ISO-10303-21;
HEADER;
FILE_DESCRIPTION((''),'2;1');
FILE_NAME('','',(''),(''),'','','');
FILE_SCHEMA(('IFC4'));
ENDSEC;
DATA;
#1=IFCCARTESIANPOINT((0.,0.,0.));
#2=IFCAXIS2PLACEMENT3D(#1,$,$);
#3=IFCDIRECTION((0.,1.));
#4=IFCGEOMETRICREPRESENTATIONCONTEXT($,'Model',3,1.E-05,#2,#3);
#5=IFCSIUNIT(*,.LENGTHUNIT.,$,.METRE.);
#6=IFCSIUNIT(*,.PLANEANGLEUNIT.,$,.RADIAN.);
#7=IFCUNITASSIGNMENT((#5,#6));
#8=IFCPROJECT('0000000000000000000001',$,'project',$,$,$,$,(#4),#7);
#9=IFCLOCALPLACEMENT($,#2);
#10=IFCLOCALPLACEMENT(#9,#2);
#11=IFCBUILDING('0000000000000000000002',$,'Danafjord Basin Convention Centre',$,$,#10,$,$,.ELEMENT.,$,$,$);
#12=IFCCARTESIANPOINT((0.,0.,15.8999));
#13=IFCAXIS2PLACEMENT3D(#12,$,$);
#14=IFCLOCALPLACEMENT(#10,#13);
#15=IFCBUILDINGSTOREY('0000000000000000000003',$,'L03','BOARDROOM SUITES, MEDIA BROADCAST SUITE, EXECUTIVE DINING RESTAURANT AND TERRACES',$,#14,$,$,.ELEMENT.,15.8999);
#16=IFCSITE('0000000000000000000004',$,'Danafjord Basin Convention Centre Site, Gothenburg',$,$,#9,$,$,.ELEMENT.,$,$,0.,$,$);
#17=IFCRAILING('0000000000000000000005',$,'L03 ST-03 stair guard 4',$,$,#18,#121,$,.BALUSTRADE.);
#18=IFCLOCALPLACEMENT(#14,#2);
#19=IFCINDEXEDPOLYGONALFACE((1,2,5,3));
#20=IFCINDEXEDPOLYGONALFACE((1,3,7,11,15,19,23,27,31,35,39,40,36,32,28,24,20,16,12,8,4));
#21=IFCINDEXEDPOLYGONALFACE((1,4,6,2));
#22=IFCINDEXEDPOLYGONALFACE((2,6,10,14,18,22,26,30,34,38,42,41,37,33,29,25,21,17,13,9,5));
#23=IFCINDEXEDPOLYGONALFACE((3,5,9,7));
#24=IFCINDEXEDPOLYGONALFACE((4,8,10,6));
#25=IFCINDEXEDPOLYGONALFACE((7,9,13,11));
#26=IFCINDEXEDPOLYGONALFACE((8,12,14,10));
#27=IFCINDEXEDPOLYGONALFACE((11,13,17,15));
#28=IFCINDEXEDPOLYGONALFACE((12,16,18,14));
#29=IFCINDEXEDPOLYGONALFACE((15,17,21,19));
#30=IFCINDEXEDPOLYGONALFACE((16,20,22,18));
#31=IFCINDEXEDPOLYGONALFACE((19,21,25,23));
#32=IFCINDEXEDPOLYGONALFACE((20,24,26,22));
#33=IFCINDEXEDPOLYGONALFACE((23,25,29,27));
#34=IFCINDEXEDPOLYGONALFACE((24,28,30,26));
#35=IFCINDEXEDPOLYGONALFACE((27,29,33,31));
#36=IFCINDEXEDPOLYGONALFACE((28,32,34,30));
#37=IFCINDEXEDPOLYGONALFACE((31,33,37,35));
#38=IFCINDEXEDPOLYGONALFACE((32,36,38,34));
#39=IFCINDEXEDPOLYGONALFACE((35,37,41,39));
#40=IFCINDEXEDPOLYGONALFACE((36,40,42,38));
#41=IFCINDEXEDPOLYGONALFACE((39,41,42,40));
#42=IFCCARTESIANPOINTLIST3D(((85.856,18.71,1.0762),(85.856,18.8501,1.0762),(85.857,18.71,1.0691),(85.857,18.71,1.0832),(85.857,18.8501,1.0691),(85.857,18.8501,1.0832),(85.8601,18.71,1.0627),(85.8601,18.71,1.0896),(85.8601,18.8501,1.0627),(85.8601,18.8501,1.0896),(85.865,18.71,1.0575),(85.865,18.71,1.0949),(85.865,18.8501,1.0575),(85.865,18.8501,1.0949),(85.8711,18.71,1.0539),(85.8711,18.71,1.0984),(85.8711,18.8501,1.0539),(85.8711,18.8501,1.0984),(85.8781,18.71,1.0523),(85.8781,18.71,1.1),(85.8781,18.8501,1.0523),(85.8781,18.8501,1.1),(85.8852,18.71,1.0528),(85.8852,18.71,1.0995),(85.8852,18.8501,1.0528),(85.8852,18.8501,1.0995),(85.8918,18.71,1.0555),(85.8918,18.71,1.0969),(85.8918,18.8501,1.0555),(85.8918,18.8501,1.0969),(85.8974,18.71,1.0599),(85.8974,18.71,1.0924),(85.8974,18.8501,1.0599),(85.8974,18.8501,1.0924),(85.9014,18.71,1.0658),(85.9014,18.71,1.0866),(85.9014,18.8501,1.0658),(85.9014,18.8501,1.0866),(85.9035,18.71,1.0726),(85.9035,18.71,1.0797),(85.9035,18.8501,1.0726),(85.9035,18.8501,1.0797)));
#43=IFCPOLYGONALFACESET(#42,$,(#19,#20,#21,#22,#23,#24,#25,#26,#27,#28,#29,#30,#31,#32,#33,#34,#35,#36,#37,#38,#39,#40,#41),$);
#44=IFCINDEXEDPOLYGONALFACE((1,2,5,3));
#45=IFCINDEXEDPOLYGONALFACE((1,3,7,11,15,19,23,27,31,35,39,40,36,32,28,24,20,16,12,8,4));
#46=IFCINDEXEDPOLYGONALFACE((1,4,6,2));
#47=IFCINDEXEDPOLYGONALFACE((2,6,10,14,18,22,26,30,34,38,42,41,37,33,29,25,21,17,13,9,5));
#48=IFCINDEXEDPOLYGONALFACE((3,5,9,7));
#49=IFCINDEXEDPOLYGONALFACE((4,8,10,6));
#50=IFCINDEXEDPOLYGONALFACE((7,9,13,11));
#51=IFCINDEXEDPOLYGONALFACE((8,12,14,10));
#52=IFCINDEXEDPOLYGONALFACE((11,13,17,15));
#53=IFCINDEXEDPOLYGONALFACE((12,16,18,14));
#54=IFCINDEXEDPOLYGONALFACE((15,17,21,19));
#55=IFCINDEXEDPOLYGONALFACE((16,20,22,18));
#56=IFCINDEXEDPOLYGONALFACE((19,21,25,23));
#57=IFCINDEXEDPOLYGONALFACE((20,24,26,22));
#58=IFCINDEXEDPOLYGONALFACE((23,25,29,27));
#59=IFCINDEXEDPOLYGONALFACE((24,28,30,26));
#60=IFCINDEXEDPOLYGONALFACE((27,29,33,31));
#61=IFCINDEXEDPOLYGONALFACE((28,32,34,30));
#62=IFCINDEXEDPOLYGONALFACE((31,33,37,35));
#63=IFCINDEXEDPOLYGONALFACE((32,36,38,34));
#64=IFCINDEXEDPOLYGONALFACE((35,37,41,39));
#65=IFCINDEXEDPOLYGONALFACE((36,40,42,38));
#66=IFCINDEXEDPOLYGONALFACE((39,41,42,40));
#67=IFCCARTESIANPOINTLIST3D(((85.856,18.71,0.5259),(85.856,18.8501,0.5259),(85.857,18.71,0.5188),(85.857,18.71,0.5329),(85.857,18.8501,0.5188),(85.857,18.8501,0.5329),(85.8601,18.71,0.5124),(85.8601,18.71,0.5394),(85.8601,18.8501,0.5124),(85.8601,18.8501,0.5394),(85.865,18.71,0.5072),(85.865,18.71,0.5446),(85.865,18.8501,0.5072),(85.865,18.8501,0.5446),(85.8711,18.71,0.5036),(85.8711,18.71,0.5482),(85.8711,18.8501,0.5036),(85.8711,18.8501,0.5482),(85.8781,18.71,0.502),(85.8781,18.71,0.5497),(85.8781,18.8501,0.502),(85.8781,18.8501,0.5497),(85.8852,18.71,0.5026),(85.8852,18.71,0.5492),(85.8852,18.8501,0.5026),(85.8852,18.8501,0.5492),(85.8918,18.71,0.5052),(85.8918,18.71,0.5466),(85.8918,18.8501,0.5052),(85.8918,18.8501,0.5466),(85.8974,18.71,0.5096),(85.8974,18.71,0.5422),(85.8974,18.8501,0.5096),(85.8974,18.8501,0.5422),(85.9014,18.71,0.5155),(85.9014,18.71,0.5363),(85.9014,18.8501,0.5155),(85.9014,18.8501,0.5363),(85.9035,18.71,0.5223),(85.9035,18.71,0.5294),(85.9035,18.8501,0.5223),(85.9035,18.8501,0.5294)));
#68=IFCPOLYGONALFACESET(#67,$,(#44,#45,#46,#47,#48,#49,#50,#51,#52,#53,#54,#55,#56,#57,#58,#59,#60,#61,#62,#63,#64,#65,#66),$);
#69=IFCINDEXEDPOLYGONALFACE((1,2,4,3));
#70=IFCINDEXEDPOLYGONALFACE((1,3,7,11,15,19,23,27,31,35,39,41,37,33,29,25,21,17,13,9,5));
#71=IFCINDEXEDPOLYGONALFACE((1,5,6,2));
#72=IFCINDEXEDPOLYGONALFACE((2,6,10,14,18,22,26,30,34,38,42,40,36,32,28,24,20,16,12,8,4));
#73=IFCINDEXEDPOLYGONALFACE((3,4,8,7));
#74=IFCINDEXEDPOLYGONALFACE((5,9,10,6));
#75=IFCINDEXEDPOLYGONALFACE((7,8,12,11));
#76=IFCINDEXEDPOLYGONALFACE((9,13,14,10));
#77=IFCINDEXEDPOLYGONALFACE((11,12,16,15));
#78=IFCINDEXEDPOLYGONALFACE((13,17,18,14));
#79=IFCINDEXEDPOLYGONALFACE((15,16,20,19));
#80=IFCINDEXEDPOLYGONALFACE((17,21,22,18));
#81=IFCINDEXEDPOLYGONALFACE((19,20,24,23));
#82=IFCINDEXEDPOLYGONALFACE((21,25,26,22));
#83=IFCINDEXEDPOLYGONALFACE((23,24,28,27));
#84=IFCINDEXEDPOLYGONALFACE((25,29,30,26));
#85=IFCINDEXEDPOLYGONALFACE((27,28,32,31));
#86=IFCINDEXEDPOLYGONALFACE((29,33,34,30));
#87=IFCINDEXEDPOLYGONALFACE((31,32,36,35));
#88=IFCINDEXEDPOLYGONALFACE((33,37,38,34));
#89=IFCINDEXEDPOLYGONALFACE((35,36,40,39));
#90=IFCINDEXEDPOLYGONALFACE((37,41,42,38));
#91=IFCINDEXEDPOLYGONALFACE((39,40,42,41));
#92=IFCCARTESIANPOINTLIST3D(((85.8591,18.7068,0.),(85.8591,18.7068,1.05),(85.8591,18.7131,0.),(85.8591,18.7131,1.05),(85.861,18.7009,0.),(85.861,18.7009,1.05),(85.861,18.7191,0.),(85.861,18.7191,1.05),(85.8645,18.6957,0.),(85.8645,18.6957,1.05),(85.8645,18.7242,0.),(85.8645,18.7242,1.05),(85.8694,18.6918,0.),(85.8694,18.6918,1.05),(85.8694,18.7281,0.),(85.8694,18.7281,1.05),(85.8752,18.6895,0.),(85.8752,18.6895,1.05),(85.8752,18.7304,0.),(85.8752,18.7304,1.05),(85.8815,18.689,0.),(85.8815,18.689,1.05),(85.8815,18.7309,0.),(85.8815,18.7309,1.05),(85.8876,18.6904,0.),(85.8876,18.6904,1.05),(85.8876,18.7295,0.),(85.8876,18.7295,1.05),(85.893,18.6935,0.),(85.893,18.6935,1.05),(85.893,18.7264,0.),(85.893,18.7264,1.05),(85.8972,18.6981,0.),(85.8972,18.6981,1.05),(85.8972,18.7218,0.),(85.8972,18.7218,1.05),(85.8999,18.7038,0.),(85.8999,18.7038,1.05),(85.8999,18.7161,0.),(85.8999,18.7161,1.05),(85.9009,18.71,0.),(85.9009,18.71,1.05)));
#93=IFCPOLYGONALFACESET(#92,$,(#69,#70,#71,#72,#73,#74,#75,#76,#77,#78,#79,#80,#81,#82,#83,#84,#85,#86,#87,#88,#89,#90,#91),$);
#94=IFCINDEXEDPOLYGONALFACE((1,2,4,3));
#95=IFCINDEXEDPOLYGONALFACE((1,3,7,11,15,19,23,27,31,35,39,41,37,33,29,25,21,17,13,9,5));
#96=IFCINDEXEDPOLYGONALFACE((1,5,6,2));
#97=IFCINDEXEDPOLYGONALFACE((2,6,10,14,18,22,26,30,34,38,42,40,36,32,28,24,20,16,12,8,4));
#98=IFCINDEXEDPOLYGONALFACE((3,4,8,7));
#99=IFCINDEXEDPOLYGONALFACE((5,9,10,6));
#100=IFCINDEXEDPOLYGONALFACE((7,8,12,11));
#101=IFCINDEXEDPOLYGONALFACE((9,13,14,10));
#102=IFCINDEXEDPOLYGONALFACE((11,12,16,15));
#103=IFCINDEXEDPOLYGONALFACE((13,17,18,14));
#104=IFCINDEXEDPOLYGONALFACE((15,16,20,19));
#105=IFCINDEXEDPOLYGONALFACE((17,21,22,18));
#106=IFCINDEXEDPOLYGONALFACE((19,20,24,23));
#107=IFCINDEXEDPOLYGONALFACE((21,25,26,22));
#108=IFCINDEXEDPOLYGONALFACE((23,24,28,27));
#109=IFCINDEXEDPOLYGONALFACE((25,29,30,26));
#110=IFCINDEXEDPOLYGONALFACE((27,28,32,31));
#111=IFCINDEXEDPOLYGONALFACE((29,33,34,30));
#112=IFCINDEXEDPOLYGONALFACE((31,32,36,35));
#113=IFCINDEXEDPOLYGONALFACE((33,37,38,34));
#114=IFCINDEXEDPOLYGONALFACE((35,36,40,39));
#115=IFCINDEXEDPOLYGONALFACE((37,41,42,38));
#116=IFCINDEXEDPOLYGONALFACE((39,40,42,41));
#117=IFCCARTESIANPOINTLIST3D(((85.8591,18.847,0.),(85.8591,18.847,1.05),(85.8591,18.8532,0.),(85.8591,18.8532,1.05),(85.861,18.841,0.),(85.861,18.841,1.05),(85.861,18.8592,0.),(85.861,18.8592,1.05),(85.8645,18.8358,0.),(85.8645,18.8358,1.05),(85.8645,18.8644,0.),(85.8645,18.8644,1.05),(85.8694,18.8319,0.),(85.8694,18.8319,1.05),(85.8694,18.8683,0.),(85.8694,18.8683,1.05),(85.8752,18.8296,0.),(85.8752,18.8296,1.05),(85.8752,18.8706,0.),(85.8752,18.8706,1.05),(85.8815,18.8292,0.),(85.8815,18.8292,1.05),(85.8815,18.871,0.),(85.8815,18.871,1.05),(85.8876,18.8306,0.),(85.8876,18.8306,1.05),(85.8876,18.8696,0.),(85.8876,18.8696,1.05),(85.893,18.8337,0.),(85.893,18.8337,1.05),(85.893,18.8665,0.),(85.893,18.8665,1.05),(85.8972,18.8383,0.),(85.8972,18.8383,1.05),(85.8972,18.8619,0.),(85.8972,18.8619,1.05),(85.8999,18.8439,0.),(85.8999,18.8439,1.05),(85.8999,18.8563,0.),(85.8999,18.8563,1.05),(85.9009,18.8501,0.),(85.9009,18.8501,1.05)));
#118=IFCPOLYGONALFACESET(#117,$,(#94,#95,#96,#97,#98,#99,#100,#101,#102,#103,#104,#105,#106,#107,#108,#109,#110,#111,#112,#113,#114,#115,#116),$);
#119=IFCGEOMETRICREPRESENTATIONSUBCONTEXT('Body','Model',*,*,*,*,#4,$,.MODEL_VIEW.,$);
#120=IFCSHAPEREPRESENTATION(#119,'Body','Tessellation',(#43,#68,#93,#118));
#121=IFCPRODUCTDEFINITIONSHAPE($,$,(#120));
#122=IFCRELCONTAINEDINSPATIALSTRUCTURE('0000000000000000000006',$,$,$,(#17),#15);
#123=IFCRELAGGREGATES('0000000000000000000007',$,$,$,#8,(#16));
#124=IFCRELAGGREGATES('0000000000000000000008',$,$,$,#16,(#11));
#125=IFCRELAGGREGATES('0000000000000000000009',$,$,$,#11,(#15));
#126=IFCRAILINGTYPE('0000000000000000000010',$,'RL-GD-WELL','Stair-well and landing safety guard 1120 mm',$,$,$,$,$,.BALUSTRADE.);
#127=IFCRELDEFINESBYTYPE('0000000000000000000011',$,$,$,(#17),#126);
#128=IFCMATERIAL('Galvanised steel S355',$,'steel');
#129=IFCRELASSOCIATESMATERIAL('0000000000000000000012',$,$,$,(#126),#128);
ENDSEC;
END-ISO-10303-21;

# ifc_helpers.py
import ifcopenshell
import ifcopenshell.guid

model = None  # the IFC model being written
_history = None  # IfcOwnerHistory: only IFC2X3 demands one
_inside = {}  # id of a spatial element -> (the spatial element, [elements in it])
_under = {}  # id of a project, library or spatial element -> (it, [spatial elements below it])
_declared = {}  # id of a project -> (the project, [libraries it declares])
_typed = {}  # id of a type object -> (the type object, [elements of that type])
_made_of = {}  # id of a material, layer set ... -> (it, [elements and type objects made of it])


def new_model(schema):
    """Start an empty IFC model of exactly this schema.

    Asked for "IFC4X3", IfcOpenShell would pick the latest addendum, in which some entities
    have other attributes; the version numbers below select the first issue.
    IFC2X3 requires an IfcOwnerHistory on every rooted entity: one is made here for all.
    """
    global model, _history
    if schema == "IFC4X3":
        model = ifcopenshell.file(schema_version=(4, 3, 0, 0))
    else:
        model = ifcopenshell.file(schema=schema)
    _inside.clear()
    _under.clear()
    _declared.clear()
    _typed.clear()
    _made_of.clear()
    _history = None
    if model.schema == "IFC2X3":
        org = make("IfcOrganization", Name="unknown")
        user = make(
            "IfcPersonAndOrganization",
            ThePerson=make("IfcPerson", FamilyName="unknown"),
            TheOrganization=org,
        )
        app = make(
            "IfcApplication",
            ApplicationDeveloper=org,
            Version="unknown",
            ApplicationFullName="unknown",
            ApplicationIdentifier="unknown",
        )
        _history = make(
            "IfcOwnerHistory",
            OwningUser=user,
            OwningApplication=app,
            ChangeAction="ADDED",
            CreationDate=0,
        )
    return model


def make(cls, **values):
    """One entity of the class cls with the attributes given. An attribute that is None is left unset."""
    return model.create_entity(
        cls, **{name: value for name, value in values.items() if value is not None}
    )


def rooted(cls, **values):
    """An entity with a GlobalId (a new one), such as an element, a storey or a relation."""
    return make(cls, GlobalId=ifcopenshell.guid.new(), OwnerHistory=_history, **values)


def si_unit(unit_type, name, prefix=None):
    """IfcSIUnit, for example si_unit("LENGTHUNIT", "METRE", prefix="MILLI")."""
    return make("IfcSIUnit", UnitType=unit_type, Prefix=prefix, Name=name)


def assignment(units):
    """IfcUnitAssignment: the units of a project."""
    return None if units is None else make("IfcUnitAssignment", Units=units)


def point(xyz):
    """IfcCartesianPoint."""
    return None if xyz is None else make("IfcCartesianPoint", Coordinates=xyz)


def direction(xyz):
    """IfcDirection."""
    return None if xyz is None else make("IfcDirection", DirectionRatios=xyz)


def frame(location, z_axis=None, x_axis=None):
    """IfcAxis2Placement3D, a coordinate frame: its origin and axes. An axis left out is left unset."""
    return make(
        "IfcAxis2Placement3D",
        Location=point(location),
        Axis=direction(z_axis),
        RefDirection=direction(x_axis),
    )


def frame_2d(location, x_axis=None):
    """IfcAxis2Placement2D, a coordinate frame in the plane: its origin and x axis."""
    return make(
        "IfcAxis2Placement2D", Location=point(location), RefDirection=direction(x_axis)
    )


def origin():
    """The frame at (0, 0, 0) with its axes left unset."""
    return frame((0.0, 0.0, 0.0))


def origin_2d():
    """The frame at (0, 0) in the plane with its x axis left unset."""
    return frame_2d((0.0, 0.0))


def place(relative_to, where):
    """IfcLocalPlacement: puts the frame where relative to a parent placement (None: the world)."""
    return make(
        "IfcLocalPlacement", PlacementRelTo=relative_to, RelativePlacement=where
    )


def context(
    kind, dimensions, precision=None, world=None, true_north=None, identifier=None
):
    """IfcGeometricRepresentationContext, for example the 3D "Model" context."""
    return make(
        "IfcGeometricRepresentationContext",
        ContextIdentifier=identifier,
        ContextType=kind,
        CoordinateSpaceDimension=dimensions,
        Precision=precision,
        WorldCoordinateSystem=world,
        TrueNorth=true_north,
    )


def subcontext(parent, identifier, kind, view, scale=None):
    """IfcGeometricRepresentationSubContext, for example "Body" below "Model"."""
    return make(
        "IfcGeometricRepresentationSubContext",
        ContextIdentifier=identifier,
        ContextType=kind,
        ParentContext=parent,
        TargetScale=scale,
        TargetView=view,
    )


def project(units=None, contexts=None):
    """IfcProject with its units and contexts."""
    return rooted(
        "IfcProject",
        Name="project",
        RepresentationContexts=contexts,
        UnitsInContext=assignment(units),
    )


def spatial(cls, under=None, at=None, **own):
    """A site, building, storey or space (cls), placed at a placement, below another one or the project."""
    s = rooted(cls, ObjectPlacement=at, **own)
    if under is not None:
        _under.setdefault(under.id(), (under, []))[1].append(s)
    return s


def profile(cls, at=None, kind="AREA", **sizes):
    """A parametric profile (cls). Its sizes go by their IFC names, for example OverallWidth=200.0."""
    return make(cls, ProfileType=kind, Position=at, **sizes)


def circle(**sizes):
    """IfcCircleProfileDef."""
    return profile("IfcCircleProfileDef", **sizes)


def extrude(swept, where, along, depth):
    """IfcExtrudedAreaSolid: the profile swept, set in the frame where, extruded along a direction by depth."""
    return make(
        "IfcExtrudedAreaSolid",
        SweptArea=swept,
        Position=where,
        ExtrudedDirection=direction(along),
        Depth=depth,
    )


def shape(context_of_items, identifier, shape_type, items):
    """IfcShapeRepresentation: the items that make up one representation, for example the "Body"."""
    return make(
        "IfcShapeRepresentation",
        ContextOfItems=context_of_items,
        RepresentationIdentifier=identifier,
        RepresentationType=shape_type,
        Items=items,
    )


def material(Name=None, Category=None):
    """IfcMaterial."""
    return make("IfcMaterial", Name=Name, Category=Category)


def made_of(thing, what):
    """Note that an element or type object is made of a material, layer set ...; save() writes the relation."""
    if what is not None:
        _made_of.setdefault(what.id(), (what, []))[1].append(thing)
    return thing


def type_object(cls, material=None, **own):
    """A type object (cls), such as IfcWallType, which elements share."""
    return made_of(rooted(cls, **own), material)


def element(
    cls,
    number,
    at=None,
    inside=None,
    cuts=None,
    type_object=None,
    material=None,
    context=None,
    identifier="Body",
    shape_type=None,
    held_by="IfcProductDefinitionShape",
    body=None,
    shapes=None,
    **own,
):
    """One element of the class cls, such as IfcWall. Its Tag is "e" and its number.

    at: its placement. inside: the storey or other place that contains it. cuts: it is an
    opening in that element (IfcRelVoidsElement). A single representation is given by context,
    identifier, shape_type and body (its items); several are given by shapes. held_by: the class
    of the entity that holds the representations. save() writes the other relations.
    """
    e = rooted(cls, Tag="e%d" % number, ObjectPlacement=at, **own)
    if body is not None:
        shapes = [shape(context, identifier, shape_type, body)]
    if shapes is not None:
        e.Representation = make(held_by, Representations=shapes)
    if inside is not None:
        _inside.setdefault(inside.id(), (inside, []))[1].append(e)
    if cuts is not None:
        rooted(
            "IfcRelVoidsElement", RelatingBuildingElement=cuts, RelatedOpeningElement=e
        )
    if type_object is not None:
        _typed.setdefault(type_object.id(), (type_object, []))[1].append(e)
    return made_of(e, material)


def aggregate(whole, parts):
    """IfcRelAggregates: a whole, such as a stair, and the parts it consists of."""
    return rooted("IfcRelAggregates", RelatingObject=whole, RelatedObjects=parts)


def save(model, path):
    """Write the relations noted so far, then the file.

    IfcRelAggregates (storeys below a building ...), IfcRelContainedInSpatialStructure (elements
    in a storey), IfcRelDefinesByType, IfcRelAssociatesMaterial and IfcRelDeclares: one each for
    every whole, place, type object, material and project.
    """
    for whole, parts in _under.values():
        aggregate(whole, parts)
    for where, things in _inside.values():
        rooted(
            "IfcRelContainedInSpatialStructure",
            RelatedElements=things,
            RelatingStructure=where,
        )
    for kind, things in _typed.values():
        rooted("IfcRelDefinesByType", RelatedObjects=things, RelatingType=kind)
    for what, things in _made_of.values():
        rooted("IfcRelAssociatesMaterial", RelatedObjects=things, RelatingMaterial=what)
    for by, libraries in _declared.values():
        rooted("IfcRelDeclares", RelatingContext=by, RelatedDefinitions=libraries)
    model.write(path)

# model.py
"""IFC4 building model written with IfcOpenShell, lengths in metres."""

from ifc_helpers import new_model, si_unit, direction, frame, origin, origin_2d, place, context, subcontext, project, spatial, circle, extrude, material, type_object, element, save


model = new_model("IFC4")

# Units and contexts
model_context = context("Model", 3, precision=1e-05, world=origin(), true_north=direction((0.0, 1.0)))
body_context = subcontext(model_context, "Body", "Model", "MODEL_VIEW")
ifc_project = project(units=[si_unit("LENGTHUNIT", "METRE"), si_unit("PLANEANGLEUNIT", "RADIAN")], contexts=[model_context])

# Site, building, storey
site_placement = place(None, origin())
site = spatial("IfcSite", under=ifc_project, at=site_placement, Name="Danafjord Basin Convention Centre Site, Gothenburg", CompositionType="ELEMENT", RefElevation=0.0)
building_placement = place(site_placement, origin())
building = spatial("IfcBuilding", under=site, at=building_placement, Name="Danafjord Basin Convention Centre", CompositionType="ELEMENT")
storey_placement = place(building_placement, frame((0.0, 0.0, 15.8999)))
storey = spatial("IfcBuildingStorey", under=building, at=storey_placement, Name="L03", Description="BOARDROOM SUITES, MEDIA BROADCAST SUITE, EXECUTIVE DINING RESTAURANT AND TERRACES", CompositionType="ELEMENT", Elevation=15.8999)

# Railing
ifc_material_1 = material(Name="Galvanised steel S355", Category="steel")
railing_type_1 = type_object("IfcRailingType", Name="RL-GD-WELL", Description="Stair-well and landing safety guard 1120 mm", PredefinedType="BALUSTRADE", material=ifc_material_1)
railing_1_placement = place(storey_placement, frame((85.8799, 18.71, 0.0)))
element("IfcRailing", 1, at=railing_1_placement, inside=storey, type_object=railing_type_1, Name="L03 ST-03 stair guard 4", PredefinedType="BALUSTRADE", context=body_context, shape_type="SweptSolid", body=[
    extrude(circle(Radius=0.0239, at=origin_2d()), frame((0.0, 0.0, 1.0762), z_axis=(0.0, 1.0, 0.0), x_axis=(-1.0, 0.0, 0.0)), (0.0, 0.0, 1.0), 0.1401),
    extrude(circle(Radius=0.0239, at=origin_2d()), frame((0.0, 0.0, 0.5259), z_axis=(0.0, 1.0, 0.0), x_axis=(-1.0, 0.0, 0.0)), (0.0, 0.0, 1.0), 0.1401),
    extrude(circle(Radius=0.021, at=origin_2d()), origin(), (0.0, 0.0, 1.0), 1.05),
    extrude(circle(Radius=0.021, at=origin_2d()), frame((0.0, 0.1401, 0.0)), (0.0, 0.0, 1.0), 1.05),
])

save(model, "model.ifc")
